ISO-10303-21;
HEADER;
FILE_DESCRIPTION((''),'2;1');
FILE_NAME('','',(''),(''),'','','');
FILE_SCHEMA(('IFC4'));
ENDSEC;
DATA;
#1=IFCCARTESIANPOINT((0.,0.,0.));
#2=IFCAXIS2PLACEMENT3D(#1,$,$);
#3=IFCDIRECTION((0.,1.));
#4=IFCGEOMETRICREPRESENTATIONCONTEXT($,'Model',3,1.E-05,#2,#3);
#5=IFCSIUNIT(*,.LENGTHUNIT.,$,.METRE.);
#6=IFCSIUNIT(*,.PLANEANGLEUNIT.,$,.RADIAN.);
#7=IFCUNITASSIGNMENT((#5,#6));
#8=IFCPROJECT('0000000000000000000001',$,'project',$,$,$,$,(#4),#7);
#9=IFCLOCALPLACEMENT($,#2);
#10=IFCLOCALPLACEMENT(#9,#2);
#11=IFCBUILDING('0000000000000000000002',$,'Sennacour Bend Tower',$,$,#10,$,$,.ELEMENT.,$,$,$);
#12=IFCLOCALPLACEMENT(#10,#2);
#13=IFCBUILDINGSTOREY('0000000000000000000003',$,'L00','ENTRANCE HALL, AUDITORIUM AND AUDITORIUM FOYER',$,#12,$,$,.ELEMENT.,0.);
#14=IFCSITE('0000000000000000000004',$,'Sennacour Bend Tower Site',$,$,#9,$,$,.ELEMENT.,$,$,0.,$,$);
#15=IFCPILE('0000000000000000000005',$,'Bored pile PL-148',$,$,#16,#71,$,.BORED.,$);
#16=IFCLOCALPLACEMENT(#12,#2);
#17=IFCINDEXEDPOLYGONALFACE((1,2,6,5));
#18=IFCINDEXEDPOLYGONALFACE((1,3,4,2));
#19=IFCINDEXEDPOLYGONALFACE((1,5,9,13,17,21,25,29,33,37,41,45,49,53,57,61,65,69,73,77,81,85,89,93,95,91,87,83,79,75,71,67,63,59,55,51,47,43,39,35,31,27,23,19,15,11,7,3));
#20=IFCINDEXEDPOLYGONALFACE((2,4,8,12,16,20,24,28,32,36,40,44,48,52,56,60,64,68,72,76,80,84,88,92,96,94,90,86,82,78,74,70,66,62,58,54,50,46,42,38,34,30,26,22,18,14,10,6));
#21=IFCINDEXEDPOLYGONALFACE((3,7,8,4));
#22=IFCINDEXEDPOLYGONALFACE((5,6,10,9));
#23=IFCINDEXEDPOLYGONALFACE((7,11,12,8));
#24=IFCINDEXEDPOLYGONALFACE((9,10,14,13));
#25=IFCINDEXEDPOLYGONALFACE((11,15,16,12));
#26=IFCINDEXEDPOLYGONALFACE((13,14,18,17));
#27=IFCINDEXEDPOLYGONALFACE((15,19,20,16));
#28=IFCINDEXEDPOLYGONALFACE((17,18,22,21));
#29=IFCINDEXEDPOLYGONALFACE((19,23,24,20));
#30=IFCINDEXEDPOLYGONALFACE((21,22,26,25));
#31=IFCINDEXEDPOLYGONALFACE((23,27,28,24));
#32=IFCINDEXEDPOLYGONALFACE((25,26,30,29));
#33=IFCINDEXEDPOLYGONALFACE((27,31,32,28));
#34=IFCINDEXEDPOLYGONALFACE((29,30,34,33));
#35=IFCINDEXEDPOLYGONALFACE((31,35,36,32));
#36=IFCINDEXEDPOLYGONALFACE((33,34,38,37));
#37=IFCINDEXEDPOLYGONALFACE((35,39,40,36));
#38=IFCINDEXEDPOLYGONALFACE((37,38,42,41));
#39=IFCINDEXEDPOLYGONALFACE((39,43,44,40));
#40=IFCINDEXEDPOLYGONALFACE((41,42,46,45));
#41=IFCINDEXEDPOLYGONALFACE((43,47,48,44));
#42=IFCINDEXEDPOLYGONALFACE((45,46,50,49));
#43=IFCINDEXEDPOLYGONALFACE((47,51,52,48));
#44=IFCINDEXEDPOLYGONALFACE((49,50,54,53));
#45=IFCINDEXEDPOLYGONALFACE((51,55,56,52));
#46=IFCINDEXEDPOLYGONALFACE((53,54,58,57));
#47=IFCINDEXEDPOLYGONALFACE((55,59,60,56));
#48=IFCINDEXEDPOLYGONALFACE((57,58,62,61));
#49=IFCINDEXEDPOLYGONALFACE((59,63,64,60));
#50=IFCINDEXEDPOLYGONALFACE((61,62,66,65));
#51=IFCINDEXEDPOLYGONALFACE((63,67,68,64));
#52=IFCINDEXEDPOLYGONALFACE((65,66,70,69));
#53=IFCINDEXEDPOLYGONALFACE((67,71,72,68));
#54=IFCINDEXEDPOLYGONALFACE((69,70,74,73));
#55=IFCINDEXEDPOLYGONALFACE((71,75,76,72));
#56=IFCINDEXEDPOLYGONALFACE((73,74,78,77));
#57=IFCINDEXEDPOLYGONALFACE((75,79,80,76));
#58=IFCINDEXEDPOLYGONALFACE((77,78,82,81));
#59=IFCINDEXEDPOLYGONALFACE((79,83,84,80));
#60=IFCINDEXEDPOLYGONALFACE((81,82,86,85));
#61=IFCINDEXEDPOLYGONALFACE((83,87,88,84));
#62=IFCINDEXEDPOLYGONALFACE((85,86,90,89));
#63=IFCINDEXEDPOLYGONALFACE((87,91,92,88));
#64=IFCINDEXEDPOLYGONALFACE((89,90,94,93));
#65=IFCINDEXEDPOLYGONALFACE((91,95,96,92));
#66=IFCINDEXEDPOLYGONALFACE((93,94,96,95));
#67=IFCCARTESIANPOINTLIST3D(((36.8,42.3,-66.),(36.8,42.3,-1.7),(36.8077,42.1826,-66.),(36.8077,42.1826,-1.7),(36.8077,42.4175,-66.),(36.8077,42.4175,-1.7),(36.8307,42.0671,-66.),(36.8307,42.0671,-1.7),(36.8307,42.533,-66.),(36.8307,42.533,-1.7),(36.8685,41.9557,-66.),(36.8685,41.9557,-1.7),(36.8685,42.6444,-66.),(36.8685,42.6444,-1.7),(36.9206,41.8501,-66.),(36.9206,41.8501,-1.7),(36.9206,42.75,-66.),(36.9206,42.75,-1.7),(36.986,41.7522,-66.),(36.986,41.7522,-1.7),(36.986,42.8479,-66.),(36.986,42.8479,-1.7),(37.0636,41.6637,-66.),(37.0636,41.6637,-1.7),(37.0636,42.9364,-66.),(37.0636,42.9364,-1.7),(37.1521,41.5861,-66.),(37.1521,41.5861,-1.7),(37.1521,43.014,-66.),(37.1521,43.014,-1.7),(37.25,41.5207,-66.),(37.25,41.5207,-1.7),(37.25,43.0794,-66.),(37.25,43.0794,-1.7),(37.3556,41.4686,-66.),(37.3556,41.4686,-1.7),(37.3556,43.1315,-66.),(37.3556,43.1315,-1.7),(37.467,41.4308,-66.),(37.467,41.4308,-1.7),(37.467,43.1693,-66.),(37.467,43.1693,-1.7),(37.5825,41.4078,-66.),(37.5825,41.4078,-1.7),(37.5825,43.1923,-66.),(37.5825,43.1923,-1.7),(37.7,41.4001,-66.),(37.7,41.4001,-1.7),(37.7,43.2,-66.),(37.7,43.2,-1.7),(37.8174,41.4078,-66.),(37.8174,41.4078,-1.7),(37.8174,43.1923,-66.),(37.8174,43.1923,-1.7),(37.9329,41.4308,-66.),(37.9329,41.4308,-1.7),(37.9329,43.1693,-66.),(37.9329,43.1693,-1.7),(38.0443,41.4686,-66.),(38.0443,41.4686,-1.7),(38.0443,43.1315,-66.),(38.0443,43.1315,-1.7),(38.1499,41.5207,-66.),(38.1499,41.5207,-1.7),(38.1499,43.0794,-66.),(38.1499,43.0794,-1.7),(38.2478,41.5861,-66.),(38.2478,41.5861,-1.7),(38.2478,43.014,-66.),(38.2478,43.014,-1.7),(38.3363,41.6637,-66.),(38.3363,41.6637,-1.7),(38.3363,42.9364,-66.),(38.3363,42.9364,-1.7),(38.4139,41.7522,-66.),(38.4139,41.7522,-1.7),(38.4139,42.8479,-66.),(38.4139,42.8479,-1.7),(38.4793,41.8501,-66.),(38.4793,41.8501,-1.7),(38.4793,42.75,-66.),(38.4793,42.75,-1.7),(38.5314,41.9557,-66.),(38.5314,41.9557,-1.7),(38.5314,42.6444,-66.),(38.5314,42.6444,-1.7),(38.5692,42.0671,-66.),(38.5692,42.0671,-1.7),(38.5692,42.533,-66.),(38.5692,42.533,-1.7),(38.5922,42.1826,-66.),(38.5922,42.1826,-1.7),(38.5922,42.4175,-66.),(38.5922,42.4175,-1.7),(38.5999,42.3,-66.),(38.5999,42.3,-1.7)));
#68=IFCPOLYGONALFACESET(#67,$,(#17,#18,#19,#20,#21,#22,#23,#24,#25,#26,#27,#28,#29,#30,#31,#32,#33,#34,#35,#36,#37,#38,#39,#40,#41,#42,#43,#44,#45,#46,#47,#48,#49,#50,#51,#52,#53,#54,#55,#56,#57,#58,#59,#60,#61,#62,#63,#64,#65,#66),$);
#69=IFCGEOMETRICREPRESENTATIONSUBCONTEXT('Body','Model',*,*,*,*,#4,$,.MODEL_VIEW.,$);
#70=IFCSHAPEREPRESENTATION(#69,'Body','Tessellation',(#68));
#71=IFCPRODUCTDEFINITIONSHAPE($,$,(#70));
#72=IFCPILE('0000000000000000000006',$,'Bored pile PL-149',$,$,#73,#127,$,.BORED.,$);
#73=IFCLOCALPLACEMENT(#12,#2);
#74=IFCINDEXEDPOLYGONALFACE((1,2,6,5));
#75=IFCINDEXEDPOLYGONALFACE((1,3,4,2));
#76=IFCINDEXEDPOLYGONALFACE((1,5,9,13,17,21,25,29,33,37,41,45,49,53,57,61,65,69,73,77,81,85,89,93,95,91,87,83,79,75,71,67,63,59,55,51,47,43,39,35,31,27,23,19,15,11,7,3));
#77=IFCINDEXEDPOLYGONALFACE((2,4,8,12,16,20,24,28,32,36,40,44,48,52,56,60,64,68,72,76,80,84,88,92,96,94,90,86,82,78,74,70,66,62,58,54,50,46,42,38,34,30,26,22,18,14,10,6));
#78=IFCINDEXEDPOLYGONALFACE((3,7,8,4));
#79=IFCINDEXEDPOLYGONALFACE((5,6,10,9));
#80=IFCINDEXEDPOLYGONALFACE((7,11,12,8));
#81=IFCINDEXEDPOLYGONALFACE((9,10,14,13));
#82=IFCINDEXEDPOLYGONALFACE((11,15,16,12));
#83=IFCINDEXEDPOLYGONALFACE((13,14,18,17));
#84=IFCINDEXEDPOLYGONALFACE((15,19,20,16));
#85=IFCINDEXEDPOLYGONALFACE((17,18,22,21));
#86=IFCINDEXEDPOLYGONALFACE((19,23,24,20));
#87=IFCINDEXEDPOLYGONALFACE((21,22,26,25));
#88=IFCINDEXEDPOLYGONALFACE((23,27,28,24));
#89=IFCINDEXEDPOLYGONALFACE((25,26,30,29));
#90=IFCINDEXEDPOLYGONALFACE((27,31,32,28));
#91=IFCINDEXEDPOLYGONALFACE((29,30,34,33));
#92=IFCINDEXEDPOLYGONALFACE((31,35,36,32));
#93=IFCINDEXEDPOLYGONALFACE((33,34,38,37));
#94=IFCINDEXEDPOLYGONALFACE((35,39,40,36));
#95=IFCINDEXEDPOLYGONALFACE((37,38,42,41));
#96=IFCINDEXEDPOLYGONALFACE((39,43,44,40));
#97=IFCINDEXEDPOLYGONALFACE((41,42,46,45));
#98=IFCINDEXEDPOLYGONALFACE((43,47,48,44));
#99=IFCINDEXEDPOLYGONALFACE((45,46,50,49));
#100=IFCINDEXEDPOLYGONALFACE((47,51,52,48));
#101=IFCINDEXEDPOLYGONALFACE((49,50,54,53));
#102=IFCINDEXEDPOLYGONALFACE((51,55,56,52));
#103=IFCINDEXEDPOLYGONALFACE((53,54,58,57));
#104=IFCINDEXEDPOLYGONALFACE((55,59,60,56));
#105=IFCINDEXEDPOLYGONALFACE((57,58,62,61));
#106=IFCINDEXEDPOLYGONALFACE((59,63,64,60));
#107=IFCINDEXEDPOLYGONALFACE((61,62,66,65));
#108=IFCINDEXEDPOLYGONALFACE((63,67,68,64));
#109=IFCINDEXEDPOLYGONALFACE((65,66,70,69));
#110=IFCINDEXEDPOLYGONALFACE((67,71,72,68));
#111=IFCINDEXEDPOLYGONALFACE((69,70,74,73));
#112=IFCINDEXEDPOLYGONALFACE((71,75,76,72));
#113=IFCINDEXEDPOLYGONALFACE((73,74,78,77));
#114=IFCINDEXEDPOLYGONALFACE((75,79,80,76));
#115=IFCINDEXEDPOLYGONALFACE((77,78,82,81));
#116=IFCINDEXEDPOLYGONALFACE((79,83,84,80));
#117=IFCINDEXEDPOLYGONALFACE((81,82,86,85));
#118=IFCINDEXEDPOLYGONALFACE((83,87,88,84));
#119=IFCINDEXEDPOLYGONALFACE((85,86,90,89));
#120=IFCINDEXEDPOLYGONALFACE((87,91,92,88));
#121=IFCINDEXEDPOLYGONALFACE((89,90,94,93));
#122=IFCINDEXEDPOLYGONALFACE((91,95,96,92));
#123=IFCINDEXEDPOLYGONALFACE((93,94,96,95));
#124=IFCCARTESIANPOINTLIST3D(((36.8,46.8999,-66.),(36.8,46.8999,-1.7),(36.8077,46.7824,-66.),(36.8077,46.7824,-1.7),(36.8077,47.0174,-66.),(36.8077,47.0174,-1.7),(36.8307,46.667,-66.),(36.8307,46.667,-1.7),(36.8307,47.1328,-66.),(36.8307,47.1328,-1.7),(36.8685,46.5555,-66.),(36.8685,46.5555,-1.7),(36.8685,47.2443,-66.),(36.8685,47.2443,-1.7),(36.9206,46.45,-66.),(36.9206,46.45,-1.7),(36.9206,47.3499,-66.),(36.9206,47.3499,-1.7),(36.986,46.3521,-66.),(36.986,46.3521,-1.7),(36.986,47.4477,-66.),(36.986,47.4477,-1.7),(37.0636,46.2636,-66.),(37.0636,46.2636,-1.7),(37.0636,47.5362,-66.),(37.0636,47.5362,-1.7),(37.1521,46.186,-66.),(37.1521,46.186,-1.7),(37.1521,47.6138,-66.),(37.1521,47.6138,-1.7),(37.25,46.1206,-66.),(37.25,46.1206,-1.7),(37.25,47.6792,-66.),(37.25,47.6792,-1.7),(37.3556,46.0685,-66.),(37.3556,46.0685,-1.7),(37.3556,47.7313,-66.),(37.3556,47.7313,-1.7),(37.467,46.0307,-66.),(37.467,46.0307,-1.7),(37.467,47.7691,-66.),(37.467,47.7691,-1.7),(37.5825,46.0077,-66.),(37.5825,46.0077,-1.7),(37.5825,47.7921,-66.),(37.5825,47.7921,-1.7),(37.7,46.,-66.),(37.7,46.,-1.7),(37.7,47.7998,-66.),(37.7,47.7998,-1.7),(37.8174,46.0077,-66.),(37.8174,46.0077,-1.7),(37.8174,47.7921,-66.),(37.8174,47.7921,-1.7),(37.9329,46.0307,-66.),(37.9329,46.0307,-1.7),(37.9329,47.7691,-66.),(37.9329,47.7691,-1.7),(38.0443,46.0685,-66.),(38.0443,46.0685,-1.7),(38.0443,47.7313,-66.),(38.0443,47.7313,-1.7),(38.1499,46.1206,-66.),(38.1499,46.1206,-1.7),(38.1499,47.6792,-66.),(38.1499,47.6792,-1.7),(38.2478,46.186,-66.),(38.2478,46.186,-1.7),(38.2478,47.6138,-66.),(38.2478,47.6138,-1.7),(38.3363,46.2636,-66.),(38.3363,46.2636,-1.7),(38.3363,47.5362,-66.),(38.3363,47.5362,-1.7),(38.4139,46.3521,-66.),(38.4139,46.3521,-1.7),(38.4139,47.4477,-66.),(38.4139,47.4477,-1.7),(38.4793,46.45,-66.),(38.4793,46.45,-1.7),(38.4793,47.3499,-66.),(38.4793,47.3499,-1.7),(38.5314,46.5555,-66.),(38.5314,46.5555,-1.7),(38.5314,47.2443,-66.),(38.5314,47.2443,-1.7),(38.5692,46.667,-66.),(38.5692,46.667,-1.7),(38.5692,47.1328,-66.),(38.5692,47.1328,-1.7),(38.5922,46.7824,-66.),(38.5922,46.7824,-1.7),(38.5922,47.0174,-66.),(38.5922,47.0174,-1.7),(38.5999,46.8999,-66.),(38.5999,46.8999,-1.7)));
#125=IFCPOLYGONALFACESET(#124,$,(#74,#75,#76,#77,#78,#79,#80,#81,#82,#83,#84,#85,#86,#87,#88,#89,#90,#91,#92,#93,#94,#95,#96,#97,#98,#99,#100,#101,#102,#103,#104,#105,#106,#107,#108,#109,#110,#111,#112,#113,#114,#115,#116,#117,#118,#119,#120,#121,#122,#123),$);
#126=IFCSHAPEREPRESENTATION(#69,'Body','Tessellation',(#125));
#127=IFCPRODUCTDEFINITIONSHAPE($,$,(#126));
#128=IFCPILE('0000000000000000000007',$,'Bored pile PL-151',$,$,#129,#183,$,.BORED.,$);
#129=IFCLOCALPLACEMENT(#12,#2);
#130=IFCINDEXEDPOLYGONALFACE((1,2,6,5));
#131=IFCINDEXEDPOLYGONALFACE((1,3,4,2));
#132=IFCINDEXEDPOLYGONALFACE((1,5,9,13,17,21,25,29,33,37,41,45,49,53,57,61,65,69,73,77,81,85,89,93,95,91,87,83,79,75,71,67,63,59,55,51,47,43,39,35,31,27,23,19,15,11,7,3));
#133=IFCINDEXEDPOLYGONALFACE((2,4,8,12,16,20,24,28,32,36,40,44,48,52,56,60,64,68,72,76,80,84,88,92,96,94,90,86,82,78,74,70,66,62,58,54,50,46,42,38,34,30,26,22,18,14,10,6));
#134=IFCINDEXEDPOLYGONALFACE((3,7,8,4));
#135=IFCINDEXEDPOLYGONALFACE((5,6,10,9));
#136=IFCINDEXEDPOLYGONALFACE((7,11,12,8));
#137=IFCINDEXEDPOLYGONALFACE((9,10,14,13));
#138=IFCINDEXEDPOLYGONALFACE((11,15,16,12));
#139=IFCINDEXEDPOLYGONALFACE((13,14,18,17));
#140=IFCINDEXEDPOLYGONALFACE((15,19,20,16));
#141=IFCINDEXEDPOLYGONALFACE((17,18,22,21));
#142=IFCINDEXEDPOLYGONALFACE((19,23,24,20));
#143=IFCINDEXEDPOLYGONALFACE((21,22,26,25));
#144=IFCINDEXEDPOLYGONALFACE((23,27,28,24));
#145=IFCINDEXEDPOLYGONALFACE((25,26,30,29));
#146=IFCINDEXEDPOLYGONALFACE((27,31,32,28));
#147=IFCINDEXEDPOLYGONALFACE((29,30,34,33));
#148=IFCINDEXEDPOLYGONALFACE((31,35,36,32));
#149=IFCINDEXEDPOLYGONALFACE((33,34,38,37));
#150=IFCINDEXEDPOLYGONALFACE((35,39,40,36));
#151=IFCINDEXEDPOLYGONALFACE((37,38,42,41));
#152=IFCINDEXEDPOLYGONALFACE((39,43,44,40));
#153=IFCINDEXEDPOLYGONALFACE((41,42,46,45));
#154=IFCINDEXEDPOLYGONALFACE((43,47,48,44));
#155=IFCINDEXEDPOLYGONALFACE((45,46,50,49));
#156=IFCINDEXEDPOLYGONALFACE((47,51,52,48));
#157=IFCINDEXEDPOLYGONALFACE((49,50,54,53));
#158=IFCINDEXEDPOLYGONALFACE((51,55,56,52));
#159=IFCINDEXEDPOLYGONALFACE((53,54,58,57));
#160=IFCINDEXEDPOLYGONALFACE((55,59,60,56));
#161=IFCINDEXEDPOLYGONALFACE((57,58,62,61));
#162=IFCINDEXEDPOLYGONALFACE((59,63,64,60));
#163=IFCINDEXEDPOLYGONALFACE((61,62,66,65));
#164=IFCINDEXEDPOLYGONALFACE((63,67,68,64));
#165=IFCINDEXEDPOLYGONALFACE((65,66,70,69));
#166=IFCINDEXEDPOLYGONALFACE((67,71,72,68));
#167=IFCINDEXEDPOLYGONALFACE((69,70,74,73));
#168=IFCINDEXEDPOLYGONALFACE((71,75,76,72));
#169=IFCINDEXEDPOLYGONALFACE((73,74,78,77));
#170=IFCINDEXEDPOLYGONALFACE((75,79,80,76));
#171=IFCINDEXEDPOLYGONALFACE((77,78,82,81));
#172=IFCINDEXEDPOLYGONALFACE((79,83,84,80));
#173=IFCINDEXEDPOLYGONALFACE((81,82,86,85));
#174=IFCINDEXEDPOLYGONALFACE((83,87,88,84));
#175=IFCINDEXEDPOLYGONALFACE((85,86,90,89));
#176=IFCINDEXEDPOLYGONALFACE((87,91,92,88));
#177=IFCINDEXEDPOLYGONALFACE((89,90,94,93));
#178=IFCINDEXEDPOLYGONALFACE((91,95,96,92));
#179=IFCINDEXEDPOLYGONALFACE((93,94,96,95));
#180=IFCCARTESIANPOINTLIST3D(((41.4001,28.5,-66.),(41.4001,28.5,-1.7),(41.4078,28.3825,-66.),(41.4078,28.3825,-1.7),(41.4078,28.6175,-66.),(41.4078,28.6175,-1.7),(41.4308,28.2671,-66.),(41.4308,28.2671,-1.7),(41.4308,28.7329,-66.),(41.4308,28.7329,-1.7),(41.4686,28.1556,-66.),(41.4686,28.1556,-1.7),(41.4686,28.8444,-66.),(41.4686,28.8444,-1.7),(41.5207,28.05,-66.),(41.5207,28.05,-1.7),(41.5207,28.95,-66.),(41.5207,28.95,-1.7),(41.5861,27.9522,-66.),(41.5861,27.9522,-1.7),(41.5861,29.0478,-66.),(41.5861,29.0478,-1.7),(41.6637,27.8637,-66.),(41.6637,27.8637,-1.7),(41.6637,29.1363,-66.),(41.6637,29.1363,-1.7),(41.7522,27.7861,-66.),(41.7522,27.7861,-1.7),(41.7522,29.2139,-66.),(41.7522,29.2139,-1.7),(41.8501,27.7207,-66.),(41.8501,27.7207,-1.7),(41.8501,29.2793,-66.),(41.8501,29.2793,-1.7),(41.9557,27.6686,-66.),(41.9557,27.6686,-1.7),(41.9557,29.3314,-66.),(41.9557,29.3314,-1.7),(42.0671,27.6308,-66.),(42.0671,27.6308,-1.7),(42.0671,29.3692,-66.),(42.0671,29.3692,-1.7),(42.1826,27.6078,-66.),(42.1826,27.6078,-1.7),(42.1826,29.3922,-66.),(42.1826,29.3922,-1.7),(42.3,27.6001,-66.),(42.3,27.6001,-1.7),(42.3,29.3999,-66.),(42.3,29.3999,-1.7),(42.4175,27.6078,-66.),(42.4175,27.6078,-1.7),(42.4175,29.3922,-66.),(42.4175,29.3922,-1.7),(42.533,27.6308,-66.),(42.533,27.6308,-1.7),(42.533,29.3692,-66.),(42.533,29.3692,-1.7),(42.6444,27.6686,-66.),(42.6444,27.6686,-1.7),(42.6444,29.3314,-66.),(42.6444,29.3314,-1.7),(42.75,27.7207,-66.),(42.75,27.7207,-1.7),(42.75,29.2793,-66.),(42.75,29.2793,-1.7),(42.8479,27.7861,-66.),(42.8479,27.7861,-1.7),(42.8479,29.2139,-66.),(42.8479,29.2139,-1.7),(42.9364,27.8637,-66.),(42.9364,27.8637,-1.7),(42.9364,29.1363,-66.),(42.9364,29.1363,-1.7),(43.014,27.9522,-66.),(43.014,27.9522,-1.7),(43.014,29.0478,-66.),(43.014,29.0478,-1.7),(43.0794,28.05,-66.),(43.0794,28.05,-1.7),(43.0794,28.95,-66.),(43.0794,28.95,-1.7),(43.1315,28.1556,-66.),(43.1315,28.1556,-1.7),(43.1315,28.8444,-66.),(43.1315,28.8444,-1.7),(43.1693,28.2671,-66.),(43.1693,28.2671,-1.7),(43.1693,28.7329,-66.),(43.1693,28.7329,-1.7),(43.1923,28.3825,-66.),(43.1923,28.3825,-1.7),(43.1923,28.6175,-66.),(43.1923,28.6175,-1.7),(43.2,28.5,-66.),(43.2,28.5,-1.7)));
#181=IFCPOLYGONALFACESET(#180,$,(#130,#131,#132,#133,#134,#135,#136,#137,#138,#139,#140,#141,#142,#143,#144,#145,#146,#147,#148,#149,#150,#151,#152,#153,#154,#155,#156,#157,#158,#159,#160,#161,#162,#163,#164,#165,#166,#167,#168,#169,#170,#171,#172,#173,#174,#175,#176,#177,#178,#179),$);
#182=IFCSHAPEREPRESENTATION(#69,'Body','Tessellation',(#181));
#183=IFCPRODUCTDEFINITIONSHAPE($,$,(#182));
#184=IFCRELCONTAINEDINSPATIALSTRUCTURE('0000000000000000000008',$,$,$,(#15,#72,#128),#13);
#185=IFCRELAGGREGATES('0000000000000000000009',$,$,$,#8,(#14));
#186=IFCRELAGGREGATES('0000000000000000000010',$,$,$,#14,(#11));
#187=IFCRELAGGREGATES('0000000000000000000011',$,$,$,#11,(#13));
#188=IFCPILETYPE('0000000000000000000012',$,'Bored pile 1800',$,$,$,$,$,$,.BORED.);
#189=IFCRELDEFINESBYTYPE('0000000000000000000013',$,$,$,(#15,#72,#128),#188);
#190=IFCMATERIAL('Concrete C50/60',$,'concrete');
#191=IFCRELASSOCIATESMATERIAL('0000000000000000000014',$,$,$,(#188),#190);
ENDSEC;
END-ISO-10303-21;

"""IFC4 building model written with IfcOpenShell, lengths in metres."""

from ifc_helpers import new_model, si_unit, direction, frame, origin, origin_2d, place, context, subcontext, project, spatial, circle, extrude, material, material_profile, profile_set, type_object, element, save


model = new_model("IFC4")

# Units and contexts
model_context = context("Model", 3, precision=1e-05, world=origin(), true_north=direction((0.0, 1.0)))
body_context = subcontext(model_context, "Body", "Model", "MODEL_VIEW")
ifc_project = project(units=[si_unit("LENGTHUNIT", "METRE"), si_unit("PLANEANGLEUNIT", "RADIAN")], contexts=[model_context])

# Site, building, storey
site_placement = place(None, origin())
site = spatial("IfcSite", under=ifc_project, at=site_placement, Name="Sennacour Bend Tower Site", CompositionType="ELEMENT", RefElevation=0.0)
building_placement = place(site_placement, origin())
building = spatial("IfcBuilding", under=site, at=building_placement, Name="Sennacour Bend Tower", CompositionType="ELEMENT")
storey_placement = place(building_placement, origin())
storey = spatial("IfcBuildingStorey", under=building, at=storey_placement, Name="L00", Description="ENTRANCE HALL, AUDITORIUM AND AUDITORIUM FOYER", CompositionType="ELEMENT", Elevation=0.0)

# Piles
ifc_material_1 = material(Name="Concrete C50/60", Category="concrete")
ifc_material_profile_1 = material_profile(ifc_material_1, circle(Radius=0.8999, at=origin_2d()), Name="Concrete C50/60", Category="concrete")
ifc_profile_set_1 = profile_set([ifc_material_profile_1], Name="Concrete C50/60")
pile_type = type_object("IfcPileType", Name="Bored pile 1800", PredefinedType="BORED", material=ifc_profile_set_1)
for number, where, z_axis, x_axis, name in (
    (1, (37.7, 42.3, -1.7), (0.0, 0.0, -1.0), (1.0, 0.0, 0.0), "Bored pile PL-148"),
    (2, (37.7, 46.8999, -1.7), (0.0, 0.0, -1.0), (1.0, 0.0, 0.0), "Bored pile PL-149"),
    (3, (42.3, 28.5, -1.7), (0.0, 0.0, -1.0), (1.0, 0.0, 0.0), "Bored pile PL-151"),
):
    element("IfcPile", number, at=place(storey_placement, frame(where, z_axis=z_axis, x_axis=x_axis)), inside=storey, type_object=pile_type, Name=name, PredefinedType="BORED", context=body_context, shape_type="SweptSolid", body=[
        extrude(circle(Radius=0.8999, at=origin_2d()), origin(), (0.0, 0.0, 1.0), 64.3),
    ])

save(model, "model.ifc")
